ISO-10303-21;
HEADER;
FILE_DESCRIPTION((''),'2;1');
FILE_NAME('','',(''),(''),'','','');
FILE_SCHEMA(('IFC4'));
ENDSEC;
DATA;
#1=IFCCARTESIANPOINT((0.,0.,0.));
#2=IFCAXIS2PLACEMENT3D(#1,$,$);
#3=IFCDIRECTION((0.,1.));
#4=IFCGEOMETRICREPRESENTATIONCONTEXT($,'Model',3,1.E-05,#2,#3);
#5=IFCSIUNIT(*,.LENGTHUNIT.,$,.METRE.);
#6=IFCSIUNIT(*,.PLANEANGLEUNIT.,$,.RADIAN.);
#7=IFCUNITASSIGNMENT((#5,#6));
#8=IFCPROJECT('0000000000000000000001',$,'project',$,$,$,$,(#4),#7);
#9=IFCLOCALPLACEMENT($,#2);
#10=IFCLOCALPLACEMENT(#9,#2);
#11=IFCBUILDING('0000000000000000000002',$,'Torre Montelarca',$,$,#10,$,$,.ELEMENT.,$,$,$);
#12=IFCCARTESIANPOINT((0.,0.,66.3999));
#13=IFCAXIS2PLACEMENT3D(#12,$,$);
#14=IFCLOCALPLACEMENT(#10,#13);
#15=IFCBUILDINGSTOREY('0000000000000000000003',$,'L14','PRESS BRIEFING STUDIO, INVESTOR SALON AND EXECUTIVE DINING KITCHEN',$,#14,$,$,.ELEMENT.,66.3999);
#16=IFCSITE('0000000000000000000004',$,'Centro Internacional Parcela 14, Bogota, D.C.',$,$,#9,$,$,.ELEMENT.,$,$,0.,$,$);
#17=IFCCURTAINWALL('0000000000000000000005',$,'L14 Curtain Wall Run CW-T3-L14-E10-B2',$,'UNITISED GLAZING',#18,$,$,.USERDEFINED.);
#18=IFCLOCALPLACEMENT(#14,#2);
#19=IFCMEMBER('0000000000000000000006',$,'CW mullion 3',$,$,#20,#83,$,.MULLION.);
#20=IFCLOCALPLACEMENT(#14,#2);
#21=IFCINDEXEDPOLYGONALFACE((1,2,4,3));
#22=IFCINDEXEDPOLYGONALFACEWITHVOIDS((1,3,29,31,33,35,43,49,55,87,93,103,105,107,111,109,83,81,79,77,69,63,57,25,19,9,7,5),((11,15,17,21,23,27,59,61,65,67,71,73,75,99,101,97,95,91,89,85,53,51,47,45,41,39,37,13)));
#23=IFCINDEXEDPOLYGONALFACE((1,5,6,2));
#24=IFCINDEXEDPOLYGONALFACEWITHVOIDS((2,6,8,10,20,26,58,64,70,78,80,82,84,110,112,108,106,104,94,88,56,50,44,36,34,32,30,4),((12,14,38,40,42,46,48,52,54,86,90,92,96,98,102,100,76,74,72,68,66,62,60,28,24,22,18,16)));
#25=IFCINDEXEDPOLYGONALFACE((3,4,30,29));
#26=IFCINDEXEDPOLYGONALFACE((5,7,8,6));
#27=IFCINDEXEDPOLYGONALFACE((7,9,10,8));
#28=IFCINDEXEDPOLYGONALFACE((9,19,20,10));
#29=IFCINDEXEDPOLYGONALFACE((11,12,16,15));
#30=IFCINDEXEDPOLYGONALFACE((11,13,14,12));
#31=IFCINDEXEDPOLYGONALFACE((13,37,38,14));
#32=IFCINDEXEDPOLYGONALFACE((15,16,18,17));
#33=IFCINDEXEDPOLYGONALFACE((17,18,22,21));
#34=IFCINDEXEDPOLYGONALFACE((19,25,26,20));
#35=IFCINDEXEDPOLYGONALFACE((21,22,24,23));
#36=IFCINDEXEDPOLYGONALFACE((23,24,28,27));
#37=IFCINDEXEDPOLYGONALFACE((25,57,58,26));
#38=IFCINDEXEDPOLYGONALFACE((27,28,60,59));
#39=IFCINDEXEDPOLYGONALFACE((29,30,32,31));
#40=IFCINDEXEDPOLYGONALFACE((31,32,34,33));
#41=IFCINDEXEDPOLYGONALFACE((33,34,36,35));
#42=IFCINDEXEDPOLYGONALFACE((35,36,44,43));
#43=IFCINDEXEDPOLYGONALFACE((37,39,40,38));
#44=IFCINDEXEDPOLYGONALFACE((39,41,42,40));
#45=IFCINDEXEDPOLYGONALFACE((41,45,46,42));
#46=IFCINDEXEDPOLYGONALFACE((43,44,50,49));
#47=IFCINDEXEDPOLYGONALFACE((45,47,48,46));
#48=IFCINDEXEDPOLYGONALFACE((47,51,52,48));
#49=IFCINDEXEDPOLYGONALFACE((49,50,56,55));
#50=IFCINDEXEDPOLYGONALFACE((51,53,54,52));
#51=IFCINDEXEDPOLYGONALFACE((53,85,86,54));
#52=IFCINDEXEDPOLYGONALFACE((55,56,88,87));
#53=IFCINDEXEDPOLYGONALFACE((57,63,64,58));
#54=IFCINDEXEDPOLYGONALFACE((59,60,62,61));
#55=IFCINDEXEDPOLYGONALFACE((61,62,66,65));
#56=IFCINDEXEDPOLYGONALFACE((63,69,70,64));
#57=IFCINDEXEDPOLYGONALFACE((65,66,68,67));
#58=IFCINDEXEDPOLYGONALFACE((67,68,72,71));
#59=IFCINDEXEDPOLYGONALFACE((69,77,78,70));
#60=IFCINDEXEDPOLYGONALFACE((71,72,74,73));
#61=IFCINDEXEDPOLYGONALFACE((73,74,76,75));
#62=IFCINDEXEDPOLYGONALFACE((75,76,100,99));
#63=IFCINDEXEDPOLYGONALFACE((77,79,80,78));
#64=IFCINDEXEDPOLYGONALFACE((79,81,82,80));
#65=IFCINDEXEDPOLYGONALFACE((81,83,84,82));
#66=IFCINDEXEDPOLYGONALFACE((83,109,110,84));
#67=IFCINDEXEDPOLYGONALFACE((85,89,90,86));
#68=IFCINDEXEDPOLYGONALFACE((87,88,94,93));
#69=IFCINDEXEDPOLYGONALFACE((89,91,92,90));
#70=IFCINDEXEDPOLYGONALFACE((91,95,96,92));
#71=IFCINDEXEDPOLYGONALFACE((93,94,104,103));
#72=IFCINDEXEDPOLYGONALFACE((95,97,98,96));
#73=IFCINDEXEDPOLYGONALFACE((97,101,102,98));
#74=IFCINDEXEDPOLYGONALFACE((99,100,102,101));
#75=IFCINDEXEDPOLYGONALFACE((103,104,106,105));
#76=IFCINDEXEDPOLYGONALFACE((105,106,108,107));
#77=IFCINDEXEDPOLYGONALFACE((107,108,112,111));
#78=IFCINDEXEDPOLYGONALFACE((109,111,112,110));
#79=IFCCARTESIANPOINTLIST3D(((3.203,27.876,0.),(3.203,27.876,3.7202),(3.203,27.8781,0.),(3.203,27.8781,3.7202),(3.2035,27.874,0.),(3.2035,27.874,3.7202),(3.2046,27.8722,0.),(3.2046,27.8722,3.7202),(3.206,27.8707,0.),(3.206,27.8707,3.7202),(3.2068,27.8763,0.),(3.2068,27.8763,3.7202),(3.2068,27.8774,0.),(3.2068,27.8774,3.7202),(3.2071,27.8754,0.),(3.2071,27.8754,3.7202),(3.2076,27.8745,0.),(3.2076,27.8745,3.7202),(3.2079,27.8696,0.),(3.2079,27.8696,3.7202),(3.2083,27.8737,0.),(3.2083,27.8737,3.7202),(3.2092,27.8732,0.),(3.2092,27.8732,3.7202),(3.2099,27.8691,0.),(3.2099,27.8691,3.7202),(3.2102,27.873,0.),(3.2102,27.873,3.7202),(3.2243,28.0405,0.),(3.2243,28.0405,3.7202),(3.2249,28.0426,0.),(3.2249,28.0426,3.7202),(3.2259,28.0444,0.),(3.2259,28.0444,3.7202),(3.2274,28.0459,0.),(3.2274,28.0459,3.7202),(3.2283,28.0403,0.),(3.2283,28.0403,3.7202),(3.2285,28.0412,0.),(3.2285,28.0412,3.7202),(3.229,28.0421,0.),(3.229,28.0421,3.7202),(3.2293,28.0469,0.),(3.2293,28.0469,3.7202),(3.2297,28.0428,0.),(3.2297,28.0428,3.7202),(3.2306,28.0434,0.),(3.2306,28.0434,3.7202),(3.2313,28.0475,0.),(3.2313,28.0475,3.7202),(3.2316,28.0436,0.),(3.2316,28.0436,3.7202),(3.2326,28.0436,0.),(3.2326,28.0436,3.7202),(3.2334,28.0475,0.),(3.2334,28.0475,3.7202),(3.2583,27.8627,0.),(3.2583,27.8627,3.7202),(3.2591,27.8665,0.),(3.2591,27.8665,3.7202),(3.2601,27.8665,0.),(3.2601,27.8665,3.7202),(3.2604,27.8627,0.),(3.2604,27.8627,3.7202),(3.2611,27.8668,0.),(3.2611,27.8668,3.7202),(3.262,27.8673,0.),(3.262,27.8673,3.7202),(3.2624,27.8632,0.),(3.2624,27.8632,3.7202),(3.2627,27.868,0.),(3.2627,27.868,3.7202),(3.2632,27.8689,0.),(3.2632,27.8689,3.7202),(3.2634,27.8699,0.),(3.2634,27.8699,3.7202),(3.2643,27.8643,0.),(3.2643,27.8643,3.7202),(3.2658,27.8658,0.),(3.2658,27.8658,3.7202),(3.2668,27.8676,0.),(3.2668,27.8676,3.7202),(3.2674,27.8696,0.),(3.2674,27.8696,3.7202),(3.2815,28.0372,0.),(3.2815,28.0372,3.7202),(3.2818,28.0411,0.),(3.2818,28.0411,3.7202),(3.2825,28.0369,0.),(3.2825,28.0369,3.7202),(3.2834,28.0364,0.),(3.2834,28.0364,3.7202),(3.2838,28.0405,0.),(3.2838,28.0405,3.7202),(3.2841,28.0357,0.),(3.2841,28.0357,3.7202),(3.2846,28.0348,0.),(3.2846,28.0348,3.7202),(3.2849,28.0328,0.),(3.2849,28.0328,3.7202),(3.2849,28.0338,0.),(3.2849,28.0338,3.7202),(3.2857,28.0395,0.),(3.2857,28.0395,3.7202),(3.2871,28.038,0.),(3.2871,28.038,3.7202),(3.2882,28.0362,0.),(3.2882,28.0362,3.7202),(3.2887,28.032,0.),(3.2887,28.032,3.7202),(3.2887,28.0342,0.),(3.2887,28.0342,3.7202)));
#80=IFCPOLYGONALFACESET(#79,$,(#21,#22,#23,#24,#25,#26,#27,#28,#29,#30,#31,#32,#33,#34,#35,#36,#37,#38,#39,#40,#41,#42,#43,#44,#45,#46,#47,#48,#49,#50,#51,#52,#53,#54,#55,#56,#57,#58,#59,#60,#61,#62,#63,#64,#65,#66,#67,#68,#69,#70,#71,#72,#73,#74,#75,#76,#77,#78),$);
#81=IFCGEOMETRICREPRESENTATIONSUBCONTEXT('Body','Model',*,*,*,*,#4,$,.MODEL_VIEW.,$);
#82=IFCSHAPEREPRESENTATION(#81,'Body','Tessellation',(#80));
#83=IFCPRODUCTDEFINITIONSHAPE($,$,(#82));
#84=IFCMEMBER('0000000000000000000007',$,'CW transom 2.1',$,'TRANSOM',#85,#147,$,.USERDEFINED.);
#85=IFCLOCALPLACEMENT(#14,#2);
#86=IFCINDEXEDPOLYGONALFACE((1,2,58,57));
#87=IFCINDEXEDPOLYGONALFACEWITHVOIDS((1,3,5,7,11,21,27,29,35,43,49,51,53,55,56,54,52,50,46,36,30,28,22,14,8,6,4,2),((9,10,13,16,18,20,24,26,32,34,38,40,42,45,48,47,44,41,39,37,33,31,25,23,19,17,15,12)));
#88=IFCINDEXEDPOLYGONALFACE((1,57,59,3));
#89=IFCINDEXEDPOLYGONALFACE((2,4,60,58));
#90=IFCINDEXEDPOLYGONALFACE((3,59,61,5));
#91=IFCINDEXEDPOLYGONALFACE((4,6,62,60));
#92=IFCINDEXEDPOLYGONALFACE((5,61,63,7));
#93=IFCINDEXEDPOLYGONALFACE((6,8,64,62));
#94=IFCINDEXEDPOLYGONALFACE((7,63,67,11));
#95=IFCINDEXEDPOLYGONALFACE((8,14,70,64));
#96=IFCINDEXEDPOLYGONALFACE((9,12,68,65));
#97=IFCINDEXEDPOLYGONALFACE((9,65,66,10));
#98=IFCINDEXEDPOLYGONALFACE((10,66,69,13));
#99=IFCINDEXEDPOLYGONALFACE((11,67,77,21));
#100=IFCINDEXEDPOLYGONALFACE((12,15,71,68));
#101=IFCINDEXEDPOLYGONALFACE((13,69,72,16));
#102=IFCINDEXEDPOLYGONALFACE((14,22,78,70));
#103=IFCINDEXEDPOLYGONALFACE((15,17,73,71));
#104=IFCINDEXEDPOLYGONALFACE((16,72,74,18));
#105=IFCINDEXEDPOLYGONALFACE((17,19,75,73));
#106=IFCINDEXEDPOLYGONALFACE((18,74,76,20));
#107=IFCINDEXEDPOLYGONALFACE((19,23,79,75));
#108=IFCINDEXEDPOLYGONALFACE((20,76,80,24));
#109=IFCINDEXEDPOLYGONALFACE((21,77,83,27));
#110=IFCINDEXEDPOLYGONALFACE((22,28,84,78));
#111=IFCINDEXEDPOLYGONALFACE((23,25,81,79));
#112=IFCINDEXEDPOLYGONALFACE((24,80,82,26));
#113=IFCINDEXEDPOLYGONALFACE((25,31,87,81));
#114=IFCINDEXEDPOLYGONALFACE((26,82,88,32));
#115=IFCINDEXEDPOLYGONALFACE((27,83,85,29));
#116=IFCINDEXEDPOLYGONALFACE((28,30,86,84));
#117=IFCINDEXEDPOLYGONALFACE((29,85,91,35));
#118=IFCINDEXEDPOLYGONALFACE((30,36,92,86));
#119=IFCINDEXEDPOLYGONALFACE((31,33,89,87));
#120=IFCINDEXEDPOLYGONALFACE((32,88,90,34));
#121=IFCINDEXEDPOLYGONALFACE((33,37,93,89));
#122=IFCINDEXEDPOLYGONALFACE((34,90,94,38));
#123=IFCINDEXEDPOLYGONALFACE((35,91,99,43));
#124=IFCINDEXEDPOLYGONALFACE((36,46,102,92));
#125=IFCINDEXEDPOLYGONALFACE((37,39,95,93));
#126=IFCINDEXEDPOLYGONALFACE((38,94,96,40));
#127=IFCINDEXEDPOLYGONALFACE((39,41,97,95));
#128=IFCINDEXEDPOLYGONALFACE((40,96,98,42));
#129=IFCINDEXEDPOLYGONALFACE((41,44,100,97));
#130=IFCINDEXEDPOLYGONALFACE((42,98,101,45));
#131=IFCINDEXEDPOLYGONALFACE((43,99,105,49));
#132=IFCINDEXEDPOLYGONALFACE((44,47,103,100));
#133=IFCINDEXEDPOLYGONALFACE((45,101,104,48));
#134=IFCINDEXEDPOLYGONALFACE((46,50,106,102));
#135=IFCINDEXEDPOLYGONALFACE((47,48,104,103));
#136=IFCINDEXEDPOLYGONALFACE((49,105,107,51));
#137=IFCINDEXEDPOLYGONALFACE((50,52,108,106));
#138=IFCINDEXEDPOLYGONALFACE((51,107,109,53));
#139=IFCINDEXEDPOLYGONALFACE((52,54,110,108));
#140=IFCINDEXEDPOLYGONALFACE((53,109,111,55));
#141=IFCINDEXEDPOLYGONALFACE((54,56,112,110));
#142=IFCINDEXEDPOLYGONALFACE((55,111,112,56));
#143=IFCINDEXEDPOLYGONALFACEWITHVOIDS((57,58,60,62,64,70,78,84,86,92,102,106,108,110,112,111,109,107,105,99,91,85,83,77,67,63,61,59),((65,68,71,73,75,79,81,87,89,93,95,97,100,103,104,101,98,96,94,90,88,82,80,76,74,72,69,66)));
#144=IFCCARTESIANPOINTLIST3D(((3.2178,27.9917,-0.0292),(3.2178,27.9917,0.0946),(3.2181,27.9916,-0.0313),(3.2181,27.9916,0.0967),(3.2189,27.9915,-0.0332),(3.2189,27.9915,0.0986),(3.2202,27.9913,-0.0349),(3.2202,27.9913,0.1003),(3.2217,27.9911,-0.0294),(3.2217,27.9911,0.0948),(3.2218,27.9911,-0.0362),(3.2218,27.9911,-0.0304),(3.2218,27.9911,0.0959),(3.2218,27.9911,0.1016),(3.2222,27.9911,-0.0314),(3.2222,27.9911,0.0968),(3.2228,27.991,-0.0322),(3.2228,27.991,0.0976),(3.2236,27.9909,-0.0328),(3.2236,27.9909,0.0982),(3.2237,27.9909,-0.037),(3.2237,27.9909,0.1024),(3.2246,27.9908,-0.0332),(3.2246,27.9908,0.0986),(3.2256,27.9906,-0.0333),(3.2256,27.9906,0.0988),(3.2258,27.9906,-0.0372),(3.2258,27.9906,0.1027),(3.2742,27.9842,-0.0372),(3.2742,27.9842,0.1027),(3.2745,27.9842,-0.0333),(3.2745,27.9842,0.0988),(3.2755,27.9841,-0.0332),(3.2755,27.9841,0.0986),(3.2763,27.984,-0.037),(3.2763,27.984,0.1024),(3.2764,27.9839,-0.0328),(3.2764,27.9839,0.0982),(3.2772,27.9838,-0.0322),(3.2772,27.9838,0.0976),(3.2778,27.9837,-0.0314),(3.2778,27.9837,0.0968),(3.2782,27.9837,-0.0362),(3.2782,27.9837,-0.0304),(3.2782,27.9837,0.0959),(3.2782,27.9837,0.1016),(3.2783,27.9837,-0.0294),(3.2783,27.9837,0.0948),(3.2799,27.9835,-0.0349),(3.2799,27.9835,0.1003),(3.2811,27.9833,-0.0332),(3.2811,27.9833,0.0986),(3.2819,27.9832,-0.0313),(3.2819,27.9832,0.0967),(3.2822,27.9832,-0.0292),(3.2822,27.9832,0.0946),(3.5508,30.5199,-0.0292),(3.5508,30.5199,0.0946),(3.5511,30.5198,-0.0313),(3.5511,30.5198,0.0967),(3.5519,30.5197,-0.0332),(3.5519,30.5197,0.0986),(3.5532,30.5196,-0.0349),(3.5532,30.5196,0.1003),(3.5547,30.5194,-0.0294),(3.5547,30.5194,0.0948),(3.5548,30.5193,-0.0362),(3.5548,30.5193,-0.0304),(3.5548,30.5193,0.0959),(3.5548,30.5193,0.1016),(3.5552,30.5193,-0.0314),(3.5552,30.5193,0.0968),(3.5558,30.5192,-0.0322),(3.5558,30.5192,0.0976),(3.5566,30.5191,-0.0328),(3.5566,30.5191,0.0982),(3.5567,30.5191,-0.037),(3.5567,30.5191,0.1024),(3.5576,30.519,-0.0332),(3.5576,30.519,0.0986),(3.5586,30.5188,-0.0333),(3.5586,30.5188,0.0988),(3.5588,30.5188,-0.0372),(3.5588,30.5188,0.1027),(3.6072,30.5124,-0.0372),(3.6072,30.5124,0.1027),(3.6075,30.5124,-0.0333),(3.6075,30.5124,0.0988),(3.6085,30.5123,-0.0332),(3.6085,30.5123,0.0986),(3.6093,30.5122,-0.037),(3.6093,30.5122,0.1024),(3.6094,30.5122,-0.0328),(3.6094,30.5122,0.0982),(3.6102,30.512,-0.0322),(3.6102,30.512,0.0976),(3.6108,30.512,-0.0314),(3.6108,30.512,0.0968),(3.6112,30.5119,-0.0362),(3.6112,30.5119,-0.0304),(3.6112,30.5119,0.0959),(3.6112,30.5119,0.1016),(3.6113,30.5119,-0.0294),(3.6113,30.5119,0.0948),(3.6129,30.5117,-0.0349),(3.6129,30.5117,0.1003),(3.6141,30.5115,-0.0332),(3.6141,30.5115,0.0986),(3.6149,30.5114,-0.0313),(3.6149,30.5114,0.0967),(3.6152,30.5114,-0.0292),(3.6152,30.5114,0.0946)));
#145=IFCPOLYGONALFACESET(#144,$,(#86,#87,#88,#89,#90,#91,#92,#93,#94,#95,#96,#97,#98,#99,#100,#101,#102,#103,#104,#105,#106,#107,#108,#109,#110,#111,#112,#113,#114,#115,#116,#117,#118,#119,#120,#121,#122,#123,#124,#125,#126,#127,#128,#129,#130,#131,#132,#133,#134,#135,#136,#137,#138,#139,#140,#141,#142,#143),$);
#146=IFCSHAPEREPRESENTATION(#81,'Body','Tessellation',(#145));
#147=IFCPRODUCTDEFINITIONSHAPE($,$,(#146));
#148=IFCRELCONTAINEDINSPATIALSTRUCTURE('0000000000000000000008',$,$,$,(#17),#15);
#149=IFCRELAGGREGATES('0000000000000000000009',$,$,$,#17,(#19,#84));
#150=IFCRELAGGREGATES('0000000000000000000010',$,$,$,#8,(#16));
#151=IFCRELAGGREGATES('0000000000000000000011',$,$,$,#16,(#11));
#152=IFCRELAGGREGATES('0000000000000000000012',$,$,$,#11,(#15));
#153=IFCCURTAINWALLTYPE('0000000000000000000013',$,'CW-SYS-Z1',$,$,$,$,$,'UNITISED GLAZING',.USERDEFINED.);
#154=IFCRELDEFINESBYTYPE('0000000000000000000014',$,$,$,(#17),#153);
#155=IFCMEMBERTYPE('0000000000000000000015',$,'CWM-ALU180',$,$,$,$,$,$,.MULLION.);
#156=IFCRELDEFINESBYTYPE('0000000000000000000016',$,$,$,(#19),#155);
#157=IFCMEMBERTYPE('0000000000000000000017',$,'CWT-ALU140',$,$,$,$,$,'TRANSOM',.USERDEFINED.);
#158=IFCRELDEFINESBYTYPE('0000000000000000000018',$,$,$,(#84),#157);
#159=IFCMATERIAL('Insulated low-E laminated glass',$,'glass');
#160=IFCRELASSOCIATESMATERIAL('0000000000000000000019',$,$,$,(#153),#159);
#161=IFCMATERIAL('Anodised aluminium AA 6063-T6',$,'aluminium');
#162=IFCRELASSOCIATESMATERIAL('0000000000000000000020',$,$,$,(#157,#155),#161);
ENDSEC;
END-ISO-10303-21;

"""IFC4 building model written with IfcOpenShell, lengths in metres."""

from ifc_helpers import new_model, si_unit, direction, frame, origin, origin_2d, place, context, subcontext, project, spatial, hollow_rectangle, extrude, source, transform, mapped, material, material_profile, profile_set, type_object, element, aggregate, save


model = new_model("IFC4")

# Units and contexts
model_context = context("Model", 3, precision=1e-05, world=origin(), true_north=direction((0.0, 1.0)))
body_context = subcontext(model_context, "Body", "Model", "MODEL_VIEW")
ifc_project = project(units=[si_unit("LENGTHUNIT", "METRE"), si_unit("PLANEANGLEUNIT", "RADIAN")], contexts=[model_context])

# Site, building, storey
site_placement = place(None, origin())
site = spatial("IfcSite", under=ifc_project, at=site_placement, Name="Centro Internacional Parcela 14, Bogota, D.C.", CompositionType="ELEMENT", RefElevation=0.0)
building_placement = place(site_placement, origin())
building = spatial("IfcBuilding", under=site, at=building_placement, Name="Torre Montelarca", CompositionType="ELEMENT")
storey_placement = place(building_placement, frame((0.0, 0.0, 66.3999)))
storey = spatial("IfcBuildingStorey", under=building, at=storey_placement, Name="L14", Description="PRESS BRIEFING STUDIO, INVESTOR SALON AND EXECUTIVE DINING KITCHEN", CompositionType="ELEMENT", Elevation=66.3999)

# Shared definitions
ifc_material_1 = material(Name="Insulated low-E laminated glass", Category="glass")
curtain_wall_type = type_object("IfcCurtainWallType", Name="CW-SYS-Z1", ElementType="UNITISED GLAZING", PredefinedType="USERDEFINED", material=ifc_material_1)
ifc_material_2 = material(Name="Anodised aluminium AA 6063-T6", Category="aluminium")
ifc_material_profile_1 = material_profile(ifc_material_2, hollow_rectangle(XDim=0.0649, YDim=0.1399, WallThickness=0.0039, InnerFilletRadius=0.0039, OuterFilletRadius=0.0081, at=origin_2d()), Name="ALU65X140X4", Category="aluminium")
ifc_profile_set_1 = profile_set([ifc_material_profile_1], Name="Anodised aluminium AA 6063-T6")
member_type_1 = type_object("IfcMemberType", Name="CWT-ALU140", ElementType="TRANSOM", PredefinedType="USERDEFINED", material=ifc_profile_set_1)

# Curtain wall
curtain_wall_1_placement = place(storey_placement, origin())
curtain_wall_1 = element("IfcCurtainWall", 1, at=curtain_wall_1_placement, inside=storey, type_object=curtain_wall_type, Name="L14 Curtain Wall Run CW-T3-L14-E10-B2", ObjectType="UNITISED GLAZING", PredefinedType="USERDEFINED")

# Members
ifc_material_profile_2 = material_profile(ifc_material_2, hollow_rectangle(XDim=0.0649, YDim=0.1799, WallThickness=0.0039, InnerFilletRadius=0.0039, OuterFilletRadius=0.0081, at=origin_2d()), Name="ALU65X180X4", Category="aluminium")
ifc_profile_set_2 = profile_set([ifc_material_profile_2], Name="Anodised aluminium AA 6063-T6")
member_type_2 = type_object("IfcMemberType", Name="CWM-ALU180", PredefinedType="MULLION", material=ifc_profile_set_2)
shared_shape_1 = source(origin(), body_context, "Body", "SweptSolid", [
    extrude(hollow_rectangle(XDim=0.0649, YDim=0.1799, WallThickness=0.0039, InnerFilletRadius=0.0039, OuterFilletRadius=0.0081, at=origin_2d()), origin(), (0.0, 0.0, 1.0), 3.7202),
])
member_1_placement = place(storey_placement, frame((3.2458, 27.9551, 0.0), z_axis=(0.0, 0.0, 1.0), x_axis=(0.991445, -0.130526, 0.0)))
member_1 = element("IfcMember", 2, at=member_1_placement, type_object=member_type_2, Name="CW mullion 3", PredefinedType="MULLION", context=body_context, shape_type="MappedRepresentation", body=[
    mapped(shared_shape_1, transform((0.0, 0.0, 0.0), scale=1.0)),
])
shared_shape_2 = source(origin(), body_context, "Body", "SweptSolid", [
    extrude(hollow_rectangle(XDim=0.0649, YDim=0.1399, WallThickness=0.0039, InnerFilletRadius=0.0039, OuterFilletRadius=0.0081, at=origin_2d()), origin(), (0.0, 0.0, 1.0), 2.55),
])
member_2_placement = place(storey_placement, frame((3.583, 30.5156, 0.0327), z_axis=(-0.130583, -0.991437, 0.0), x_axis=(0.991437, -0.130583, 0.0)))
member_2 = element("IfcMember", 3, at=member_2_placement, type_object=member_type_1, Name="CW transom 2.1", ObjectType="TRANSOM", PredefinedType="USERDEFINED", context=body_context, shape_type="MappedRepresentation", body=[
    mapped(shared_shape_2, transform((0.0, 0.0, 0.0), scale=1.0)),
])

aggregate(curtain_wall_1, [member_1, member_2])

save(model, "model.ifc")
